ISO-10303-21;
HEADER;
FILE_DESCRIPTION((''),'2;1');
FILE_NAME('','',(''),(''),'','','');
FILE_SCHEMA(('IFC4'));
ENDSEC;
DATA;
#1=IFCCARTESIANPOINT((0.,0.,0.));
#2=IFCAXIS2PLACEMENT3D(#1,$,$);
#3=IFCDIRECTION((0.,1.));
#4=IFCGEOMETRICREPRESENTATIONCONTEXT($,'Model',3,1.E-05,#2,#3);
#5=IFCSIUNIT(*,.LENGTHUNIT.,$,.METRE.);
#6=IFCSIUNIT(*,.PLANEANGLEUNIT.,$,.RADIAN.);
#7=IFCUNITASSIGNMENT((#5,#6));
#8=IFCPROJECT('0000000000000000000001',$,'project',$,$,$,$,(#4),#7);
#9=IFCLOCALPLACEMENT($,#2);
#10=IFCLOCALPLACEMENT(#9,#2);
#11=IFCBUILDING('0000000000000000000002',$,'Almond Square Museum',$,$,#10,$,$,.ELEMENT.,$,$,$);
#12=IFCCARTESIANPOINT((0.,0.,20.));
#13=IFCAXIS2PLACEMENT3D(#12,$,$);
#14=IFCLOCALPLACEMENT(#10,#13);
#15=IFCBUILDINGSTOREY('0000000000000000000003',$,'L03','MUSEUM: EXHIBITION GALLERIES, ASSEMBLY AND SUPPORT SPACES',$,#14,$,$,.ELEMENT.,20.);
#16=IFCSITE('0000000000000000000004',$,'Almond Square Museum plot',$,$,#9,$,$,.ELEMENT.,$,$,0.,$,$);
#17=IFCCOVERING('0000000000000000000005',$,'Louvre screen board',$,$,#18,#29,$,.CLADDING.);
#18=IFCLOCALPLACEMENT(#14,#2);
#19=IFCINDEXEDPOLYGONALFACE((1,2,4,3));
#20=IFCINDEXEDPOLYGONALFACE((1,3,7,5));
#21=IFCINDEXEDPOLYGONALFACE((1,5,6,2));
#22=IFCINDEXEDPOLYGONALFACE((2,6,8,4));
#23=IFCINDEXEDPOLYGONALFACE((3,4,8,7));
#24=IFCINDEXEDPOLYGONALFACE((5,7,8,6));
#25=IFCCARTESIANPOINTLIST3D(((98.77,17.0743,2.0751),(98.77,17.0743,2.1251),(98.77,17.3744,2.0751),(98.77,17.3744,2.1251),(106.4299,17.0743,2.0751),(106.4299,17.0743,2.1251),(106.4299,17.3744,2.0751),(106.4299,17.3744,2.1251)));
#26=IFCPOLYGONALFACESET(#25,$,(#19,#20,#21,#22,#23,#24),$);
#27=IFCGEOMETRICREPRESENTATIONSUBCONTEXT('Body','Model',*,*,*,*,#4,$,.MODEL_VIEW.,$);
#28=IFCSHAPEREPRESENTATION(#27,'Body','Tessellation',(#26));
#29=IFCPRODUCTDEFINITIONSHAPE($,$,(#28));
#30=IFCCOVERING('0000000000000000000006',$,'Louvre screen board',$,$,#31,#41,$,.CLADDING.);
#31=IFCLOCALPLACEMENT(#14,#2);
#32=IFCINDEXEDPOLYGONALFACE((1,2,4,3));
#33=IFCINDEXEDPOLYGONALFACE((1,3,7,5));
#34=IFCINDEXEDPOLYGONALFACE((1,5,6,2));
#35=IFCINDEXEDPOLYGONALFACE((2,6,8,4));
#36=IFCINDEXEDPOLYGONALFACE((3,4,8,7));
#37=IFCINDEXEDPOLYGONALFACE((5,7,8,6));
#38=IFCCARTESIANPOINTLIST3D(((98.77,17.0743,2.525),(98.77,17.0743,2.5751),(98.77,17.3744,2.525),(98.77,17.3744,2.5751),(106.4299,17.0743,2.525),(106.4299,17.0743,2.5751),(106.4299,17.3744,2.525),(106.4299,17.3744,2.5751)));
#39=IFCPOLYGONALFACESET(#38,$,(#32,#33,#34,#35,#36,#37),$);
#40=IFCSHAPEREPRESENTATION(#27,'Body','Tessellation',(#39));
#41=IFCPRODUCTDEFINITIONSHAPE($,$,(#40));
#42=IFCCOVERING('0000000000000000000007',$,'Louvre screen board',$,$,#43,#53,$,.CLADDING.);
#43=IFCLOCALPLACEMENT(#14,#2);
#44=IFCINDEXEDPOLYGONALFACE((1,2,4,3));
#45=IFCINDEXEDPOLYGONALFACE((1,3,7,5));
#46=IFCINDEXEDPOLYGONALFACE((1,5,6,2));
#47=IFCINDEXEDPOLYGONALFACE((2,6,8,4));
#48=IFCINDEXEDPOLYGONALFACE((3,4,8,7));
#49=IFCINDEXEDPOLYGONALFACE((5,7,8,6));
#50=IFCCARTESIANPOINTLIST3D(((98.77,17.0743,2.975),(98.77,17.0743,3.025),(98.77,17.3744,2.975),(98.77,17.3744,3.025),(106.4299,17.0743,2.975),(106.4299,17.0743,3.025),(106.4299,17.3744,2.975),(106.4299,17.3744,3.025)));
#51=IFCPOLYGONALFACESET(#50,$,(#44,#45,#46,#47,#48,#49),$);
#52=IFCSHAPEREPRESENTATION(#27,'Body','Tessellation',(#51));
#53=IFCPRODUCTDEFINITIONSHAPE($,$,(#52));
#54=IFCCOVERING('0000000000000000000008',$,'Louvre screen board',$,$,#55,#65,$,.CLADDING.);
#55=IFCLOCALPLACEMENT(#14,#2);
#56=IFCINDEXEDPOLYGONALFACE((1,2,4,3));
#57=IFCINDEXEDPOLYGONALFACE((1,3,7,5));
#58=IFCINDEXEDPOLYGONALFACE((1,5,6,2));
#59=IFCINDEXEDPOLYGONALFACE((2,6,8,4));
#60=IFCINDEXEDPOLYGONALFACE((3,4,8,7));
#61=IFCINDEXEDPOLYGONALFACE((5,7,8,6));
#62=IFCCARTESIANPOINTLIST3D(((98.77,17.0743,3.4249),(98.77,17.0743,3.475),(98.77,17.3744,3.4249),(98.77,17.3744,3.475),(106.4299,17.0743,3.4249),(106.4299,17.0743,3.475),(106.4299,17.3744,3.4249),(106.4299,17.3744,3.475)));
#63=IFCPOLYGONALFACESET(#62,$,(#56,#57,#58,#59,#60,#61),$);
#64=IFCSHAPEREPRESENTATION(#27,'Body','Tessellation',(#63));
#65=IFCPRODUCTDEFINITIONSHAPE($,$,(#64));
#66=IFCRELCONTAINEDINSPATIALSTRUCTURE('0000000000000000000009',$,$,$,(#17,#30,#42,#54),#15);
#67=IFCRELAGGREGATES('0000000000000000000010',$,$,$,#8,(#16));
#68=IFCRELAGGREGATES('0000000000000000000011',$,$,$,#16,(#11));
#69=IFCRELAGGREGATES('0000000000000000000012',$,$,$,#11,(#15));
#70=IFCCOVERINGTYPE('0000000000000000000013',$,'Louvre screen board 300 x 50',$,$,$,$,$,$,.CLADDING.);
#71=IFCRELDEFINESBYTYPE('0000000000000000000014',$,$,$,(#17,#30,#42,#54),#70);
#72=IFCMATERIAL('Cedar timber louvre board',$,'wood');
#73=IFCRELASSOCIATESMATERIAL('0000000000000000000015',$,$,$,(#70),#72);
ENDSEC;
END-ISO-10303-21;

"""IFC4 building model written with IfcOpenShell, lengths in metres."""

from ifc_helpers import new_model, si_unit, direction, frame, origin, origin_2d, place, context, subcontext, project, spatial, rectangle, extrude, material, material_profile, profile_set, type_object, element, save


model = new_model("IFC4")

# Units and contexts
model_context = context("Model", 3, precision=1e-05, world=origin(), true_north=direction((0.0, 1.0)))
body_context = subcontext(model_context, "Body", "Model", "MODEL_VIEW")
ifc_project = project(units=[si_unit("LENGTHUNIT", "METRE"), si_unit("PLANEANGLEUNIT", "RADIAN")], contexts=[model_context])

# Site, building, storey
site_placement = place(None, origin())
site = spatial("IfcSite", under=ifc_project, at=site_placement, Name="Almond Square Museum plot", CompositionType="ELEMENT", RefElevation=0.0)
building_placement = place(site_placement, origin())
building = spatial("IfcBuilding", under=site, at=building_placement, Name="Almond Square Museum", CompositionType="ELEMENT")
storey_placement = place(building_placement, frame((0.0, 0.0, 20.0)))
storey = spatial("IfcBuildingStorey", under=building, at=storey_placement, Name="L03", Description="MUSEUM: EXHIBITION GALLERIES, ASSEMBLY AND SUPPORT SPACES", CompositionType="ELEMENT", Elevation=20.0)

# Coverings
ifc_material_1 = material(Name="Cedar timber louvre board", Category="wood")
ifc_material_profile_1 = material_profile(ifc_material_1, rectangle(XDim=0.3, YDim=0.05, at=origin_2d()))
ifc_profile_set_1 = profile_set([ifc_material_profile_1], Name="Cedar timber louvre board")
covering_type = type_object("IfcCoveringType", Name="Louvre screen board 300 x 50", PredefinedType="CLADDING", material=ifc_profile_set_1)
for number, where, z_axis, x_axis, name in (
    (1, (98.77, 17.2244, 2.1001), (1.0, 0.0, 0.0), (0.0, 1.0, 0.0), "Louvre screen board"),
    (2, (98.77, 17.2244, 2.55), (1.0, 0.0, 0.0), (0.0, 1.0, 0.0), "Louvre screen board"),
    (3, (98.77, 17.2244, 3.0), (1.0, 0.0, 0.0), (0.0, 1.0, 0.0), "Louvre screen board"),
    (4, (98.77, 17.2244, 3.45), (1.0, 0.0, 0.0), (0.0, 1.0, 0.0), "Louvre screen board"),
):
    element("IfcCovering", number, at=place(storey_placement, frame(where, z_axis=z_axis, x_axis=x_axis)), inside=storey, type_object=covering_type, Name=name, PredefinedType="CLADDING", context=body_context, shape_type="SweptSolid", body=[
        extrude(rectangle(XDim=0.3, YDim=0.05, at=origin_2d()), origin(), (0.0, 0.0, 1.0), 7.6599),
    ])

save(model, "model.ifc")
